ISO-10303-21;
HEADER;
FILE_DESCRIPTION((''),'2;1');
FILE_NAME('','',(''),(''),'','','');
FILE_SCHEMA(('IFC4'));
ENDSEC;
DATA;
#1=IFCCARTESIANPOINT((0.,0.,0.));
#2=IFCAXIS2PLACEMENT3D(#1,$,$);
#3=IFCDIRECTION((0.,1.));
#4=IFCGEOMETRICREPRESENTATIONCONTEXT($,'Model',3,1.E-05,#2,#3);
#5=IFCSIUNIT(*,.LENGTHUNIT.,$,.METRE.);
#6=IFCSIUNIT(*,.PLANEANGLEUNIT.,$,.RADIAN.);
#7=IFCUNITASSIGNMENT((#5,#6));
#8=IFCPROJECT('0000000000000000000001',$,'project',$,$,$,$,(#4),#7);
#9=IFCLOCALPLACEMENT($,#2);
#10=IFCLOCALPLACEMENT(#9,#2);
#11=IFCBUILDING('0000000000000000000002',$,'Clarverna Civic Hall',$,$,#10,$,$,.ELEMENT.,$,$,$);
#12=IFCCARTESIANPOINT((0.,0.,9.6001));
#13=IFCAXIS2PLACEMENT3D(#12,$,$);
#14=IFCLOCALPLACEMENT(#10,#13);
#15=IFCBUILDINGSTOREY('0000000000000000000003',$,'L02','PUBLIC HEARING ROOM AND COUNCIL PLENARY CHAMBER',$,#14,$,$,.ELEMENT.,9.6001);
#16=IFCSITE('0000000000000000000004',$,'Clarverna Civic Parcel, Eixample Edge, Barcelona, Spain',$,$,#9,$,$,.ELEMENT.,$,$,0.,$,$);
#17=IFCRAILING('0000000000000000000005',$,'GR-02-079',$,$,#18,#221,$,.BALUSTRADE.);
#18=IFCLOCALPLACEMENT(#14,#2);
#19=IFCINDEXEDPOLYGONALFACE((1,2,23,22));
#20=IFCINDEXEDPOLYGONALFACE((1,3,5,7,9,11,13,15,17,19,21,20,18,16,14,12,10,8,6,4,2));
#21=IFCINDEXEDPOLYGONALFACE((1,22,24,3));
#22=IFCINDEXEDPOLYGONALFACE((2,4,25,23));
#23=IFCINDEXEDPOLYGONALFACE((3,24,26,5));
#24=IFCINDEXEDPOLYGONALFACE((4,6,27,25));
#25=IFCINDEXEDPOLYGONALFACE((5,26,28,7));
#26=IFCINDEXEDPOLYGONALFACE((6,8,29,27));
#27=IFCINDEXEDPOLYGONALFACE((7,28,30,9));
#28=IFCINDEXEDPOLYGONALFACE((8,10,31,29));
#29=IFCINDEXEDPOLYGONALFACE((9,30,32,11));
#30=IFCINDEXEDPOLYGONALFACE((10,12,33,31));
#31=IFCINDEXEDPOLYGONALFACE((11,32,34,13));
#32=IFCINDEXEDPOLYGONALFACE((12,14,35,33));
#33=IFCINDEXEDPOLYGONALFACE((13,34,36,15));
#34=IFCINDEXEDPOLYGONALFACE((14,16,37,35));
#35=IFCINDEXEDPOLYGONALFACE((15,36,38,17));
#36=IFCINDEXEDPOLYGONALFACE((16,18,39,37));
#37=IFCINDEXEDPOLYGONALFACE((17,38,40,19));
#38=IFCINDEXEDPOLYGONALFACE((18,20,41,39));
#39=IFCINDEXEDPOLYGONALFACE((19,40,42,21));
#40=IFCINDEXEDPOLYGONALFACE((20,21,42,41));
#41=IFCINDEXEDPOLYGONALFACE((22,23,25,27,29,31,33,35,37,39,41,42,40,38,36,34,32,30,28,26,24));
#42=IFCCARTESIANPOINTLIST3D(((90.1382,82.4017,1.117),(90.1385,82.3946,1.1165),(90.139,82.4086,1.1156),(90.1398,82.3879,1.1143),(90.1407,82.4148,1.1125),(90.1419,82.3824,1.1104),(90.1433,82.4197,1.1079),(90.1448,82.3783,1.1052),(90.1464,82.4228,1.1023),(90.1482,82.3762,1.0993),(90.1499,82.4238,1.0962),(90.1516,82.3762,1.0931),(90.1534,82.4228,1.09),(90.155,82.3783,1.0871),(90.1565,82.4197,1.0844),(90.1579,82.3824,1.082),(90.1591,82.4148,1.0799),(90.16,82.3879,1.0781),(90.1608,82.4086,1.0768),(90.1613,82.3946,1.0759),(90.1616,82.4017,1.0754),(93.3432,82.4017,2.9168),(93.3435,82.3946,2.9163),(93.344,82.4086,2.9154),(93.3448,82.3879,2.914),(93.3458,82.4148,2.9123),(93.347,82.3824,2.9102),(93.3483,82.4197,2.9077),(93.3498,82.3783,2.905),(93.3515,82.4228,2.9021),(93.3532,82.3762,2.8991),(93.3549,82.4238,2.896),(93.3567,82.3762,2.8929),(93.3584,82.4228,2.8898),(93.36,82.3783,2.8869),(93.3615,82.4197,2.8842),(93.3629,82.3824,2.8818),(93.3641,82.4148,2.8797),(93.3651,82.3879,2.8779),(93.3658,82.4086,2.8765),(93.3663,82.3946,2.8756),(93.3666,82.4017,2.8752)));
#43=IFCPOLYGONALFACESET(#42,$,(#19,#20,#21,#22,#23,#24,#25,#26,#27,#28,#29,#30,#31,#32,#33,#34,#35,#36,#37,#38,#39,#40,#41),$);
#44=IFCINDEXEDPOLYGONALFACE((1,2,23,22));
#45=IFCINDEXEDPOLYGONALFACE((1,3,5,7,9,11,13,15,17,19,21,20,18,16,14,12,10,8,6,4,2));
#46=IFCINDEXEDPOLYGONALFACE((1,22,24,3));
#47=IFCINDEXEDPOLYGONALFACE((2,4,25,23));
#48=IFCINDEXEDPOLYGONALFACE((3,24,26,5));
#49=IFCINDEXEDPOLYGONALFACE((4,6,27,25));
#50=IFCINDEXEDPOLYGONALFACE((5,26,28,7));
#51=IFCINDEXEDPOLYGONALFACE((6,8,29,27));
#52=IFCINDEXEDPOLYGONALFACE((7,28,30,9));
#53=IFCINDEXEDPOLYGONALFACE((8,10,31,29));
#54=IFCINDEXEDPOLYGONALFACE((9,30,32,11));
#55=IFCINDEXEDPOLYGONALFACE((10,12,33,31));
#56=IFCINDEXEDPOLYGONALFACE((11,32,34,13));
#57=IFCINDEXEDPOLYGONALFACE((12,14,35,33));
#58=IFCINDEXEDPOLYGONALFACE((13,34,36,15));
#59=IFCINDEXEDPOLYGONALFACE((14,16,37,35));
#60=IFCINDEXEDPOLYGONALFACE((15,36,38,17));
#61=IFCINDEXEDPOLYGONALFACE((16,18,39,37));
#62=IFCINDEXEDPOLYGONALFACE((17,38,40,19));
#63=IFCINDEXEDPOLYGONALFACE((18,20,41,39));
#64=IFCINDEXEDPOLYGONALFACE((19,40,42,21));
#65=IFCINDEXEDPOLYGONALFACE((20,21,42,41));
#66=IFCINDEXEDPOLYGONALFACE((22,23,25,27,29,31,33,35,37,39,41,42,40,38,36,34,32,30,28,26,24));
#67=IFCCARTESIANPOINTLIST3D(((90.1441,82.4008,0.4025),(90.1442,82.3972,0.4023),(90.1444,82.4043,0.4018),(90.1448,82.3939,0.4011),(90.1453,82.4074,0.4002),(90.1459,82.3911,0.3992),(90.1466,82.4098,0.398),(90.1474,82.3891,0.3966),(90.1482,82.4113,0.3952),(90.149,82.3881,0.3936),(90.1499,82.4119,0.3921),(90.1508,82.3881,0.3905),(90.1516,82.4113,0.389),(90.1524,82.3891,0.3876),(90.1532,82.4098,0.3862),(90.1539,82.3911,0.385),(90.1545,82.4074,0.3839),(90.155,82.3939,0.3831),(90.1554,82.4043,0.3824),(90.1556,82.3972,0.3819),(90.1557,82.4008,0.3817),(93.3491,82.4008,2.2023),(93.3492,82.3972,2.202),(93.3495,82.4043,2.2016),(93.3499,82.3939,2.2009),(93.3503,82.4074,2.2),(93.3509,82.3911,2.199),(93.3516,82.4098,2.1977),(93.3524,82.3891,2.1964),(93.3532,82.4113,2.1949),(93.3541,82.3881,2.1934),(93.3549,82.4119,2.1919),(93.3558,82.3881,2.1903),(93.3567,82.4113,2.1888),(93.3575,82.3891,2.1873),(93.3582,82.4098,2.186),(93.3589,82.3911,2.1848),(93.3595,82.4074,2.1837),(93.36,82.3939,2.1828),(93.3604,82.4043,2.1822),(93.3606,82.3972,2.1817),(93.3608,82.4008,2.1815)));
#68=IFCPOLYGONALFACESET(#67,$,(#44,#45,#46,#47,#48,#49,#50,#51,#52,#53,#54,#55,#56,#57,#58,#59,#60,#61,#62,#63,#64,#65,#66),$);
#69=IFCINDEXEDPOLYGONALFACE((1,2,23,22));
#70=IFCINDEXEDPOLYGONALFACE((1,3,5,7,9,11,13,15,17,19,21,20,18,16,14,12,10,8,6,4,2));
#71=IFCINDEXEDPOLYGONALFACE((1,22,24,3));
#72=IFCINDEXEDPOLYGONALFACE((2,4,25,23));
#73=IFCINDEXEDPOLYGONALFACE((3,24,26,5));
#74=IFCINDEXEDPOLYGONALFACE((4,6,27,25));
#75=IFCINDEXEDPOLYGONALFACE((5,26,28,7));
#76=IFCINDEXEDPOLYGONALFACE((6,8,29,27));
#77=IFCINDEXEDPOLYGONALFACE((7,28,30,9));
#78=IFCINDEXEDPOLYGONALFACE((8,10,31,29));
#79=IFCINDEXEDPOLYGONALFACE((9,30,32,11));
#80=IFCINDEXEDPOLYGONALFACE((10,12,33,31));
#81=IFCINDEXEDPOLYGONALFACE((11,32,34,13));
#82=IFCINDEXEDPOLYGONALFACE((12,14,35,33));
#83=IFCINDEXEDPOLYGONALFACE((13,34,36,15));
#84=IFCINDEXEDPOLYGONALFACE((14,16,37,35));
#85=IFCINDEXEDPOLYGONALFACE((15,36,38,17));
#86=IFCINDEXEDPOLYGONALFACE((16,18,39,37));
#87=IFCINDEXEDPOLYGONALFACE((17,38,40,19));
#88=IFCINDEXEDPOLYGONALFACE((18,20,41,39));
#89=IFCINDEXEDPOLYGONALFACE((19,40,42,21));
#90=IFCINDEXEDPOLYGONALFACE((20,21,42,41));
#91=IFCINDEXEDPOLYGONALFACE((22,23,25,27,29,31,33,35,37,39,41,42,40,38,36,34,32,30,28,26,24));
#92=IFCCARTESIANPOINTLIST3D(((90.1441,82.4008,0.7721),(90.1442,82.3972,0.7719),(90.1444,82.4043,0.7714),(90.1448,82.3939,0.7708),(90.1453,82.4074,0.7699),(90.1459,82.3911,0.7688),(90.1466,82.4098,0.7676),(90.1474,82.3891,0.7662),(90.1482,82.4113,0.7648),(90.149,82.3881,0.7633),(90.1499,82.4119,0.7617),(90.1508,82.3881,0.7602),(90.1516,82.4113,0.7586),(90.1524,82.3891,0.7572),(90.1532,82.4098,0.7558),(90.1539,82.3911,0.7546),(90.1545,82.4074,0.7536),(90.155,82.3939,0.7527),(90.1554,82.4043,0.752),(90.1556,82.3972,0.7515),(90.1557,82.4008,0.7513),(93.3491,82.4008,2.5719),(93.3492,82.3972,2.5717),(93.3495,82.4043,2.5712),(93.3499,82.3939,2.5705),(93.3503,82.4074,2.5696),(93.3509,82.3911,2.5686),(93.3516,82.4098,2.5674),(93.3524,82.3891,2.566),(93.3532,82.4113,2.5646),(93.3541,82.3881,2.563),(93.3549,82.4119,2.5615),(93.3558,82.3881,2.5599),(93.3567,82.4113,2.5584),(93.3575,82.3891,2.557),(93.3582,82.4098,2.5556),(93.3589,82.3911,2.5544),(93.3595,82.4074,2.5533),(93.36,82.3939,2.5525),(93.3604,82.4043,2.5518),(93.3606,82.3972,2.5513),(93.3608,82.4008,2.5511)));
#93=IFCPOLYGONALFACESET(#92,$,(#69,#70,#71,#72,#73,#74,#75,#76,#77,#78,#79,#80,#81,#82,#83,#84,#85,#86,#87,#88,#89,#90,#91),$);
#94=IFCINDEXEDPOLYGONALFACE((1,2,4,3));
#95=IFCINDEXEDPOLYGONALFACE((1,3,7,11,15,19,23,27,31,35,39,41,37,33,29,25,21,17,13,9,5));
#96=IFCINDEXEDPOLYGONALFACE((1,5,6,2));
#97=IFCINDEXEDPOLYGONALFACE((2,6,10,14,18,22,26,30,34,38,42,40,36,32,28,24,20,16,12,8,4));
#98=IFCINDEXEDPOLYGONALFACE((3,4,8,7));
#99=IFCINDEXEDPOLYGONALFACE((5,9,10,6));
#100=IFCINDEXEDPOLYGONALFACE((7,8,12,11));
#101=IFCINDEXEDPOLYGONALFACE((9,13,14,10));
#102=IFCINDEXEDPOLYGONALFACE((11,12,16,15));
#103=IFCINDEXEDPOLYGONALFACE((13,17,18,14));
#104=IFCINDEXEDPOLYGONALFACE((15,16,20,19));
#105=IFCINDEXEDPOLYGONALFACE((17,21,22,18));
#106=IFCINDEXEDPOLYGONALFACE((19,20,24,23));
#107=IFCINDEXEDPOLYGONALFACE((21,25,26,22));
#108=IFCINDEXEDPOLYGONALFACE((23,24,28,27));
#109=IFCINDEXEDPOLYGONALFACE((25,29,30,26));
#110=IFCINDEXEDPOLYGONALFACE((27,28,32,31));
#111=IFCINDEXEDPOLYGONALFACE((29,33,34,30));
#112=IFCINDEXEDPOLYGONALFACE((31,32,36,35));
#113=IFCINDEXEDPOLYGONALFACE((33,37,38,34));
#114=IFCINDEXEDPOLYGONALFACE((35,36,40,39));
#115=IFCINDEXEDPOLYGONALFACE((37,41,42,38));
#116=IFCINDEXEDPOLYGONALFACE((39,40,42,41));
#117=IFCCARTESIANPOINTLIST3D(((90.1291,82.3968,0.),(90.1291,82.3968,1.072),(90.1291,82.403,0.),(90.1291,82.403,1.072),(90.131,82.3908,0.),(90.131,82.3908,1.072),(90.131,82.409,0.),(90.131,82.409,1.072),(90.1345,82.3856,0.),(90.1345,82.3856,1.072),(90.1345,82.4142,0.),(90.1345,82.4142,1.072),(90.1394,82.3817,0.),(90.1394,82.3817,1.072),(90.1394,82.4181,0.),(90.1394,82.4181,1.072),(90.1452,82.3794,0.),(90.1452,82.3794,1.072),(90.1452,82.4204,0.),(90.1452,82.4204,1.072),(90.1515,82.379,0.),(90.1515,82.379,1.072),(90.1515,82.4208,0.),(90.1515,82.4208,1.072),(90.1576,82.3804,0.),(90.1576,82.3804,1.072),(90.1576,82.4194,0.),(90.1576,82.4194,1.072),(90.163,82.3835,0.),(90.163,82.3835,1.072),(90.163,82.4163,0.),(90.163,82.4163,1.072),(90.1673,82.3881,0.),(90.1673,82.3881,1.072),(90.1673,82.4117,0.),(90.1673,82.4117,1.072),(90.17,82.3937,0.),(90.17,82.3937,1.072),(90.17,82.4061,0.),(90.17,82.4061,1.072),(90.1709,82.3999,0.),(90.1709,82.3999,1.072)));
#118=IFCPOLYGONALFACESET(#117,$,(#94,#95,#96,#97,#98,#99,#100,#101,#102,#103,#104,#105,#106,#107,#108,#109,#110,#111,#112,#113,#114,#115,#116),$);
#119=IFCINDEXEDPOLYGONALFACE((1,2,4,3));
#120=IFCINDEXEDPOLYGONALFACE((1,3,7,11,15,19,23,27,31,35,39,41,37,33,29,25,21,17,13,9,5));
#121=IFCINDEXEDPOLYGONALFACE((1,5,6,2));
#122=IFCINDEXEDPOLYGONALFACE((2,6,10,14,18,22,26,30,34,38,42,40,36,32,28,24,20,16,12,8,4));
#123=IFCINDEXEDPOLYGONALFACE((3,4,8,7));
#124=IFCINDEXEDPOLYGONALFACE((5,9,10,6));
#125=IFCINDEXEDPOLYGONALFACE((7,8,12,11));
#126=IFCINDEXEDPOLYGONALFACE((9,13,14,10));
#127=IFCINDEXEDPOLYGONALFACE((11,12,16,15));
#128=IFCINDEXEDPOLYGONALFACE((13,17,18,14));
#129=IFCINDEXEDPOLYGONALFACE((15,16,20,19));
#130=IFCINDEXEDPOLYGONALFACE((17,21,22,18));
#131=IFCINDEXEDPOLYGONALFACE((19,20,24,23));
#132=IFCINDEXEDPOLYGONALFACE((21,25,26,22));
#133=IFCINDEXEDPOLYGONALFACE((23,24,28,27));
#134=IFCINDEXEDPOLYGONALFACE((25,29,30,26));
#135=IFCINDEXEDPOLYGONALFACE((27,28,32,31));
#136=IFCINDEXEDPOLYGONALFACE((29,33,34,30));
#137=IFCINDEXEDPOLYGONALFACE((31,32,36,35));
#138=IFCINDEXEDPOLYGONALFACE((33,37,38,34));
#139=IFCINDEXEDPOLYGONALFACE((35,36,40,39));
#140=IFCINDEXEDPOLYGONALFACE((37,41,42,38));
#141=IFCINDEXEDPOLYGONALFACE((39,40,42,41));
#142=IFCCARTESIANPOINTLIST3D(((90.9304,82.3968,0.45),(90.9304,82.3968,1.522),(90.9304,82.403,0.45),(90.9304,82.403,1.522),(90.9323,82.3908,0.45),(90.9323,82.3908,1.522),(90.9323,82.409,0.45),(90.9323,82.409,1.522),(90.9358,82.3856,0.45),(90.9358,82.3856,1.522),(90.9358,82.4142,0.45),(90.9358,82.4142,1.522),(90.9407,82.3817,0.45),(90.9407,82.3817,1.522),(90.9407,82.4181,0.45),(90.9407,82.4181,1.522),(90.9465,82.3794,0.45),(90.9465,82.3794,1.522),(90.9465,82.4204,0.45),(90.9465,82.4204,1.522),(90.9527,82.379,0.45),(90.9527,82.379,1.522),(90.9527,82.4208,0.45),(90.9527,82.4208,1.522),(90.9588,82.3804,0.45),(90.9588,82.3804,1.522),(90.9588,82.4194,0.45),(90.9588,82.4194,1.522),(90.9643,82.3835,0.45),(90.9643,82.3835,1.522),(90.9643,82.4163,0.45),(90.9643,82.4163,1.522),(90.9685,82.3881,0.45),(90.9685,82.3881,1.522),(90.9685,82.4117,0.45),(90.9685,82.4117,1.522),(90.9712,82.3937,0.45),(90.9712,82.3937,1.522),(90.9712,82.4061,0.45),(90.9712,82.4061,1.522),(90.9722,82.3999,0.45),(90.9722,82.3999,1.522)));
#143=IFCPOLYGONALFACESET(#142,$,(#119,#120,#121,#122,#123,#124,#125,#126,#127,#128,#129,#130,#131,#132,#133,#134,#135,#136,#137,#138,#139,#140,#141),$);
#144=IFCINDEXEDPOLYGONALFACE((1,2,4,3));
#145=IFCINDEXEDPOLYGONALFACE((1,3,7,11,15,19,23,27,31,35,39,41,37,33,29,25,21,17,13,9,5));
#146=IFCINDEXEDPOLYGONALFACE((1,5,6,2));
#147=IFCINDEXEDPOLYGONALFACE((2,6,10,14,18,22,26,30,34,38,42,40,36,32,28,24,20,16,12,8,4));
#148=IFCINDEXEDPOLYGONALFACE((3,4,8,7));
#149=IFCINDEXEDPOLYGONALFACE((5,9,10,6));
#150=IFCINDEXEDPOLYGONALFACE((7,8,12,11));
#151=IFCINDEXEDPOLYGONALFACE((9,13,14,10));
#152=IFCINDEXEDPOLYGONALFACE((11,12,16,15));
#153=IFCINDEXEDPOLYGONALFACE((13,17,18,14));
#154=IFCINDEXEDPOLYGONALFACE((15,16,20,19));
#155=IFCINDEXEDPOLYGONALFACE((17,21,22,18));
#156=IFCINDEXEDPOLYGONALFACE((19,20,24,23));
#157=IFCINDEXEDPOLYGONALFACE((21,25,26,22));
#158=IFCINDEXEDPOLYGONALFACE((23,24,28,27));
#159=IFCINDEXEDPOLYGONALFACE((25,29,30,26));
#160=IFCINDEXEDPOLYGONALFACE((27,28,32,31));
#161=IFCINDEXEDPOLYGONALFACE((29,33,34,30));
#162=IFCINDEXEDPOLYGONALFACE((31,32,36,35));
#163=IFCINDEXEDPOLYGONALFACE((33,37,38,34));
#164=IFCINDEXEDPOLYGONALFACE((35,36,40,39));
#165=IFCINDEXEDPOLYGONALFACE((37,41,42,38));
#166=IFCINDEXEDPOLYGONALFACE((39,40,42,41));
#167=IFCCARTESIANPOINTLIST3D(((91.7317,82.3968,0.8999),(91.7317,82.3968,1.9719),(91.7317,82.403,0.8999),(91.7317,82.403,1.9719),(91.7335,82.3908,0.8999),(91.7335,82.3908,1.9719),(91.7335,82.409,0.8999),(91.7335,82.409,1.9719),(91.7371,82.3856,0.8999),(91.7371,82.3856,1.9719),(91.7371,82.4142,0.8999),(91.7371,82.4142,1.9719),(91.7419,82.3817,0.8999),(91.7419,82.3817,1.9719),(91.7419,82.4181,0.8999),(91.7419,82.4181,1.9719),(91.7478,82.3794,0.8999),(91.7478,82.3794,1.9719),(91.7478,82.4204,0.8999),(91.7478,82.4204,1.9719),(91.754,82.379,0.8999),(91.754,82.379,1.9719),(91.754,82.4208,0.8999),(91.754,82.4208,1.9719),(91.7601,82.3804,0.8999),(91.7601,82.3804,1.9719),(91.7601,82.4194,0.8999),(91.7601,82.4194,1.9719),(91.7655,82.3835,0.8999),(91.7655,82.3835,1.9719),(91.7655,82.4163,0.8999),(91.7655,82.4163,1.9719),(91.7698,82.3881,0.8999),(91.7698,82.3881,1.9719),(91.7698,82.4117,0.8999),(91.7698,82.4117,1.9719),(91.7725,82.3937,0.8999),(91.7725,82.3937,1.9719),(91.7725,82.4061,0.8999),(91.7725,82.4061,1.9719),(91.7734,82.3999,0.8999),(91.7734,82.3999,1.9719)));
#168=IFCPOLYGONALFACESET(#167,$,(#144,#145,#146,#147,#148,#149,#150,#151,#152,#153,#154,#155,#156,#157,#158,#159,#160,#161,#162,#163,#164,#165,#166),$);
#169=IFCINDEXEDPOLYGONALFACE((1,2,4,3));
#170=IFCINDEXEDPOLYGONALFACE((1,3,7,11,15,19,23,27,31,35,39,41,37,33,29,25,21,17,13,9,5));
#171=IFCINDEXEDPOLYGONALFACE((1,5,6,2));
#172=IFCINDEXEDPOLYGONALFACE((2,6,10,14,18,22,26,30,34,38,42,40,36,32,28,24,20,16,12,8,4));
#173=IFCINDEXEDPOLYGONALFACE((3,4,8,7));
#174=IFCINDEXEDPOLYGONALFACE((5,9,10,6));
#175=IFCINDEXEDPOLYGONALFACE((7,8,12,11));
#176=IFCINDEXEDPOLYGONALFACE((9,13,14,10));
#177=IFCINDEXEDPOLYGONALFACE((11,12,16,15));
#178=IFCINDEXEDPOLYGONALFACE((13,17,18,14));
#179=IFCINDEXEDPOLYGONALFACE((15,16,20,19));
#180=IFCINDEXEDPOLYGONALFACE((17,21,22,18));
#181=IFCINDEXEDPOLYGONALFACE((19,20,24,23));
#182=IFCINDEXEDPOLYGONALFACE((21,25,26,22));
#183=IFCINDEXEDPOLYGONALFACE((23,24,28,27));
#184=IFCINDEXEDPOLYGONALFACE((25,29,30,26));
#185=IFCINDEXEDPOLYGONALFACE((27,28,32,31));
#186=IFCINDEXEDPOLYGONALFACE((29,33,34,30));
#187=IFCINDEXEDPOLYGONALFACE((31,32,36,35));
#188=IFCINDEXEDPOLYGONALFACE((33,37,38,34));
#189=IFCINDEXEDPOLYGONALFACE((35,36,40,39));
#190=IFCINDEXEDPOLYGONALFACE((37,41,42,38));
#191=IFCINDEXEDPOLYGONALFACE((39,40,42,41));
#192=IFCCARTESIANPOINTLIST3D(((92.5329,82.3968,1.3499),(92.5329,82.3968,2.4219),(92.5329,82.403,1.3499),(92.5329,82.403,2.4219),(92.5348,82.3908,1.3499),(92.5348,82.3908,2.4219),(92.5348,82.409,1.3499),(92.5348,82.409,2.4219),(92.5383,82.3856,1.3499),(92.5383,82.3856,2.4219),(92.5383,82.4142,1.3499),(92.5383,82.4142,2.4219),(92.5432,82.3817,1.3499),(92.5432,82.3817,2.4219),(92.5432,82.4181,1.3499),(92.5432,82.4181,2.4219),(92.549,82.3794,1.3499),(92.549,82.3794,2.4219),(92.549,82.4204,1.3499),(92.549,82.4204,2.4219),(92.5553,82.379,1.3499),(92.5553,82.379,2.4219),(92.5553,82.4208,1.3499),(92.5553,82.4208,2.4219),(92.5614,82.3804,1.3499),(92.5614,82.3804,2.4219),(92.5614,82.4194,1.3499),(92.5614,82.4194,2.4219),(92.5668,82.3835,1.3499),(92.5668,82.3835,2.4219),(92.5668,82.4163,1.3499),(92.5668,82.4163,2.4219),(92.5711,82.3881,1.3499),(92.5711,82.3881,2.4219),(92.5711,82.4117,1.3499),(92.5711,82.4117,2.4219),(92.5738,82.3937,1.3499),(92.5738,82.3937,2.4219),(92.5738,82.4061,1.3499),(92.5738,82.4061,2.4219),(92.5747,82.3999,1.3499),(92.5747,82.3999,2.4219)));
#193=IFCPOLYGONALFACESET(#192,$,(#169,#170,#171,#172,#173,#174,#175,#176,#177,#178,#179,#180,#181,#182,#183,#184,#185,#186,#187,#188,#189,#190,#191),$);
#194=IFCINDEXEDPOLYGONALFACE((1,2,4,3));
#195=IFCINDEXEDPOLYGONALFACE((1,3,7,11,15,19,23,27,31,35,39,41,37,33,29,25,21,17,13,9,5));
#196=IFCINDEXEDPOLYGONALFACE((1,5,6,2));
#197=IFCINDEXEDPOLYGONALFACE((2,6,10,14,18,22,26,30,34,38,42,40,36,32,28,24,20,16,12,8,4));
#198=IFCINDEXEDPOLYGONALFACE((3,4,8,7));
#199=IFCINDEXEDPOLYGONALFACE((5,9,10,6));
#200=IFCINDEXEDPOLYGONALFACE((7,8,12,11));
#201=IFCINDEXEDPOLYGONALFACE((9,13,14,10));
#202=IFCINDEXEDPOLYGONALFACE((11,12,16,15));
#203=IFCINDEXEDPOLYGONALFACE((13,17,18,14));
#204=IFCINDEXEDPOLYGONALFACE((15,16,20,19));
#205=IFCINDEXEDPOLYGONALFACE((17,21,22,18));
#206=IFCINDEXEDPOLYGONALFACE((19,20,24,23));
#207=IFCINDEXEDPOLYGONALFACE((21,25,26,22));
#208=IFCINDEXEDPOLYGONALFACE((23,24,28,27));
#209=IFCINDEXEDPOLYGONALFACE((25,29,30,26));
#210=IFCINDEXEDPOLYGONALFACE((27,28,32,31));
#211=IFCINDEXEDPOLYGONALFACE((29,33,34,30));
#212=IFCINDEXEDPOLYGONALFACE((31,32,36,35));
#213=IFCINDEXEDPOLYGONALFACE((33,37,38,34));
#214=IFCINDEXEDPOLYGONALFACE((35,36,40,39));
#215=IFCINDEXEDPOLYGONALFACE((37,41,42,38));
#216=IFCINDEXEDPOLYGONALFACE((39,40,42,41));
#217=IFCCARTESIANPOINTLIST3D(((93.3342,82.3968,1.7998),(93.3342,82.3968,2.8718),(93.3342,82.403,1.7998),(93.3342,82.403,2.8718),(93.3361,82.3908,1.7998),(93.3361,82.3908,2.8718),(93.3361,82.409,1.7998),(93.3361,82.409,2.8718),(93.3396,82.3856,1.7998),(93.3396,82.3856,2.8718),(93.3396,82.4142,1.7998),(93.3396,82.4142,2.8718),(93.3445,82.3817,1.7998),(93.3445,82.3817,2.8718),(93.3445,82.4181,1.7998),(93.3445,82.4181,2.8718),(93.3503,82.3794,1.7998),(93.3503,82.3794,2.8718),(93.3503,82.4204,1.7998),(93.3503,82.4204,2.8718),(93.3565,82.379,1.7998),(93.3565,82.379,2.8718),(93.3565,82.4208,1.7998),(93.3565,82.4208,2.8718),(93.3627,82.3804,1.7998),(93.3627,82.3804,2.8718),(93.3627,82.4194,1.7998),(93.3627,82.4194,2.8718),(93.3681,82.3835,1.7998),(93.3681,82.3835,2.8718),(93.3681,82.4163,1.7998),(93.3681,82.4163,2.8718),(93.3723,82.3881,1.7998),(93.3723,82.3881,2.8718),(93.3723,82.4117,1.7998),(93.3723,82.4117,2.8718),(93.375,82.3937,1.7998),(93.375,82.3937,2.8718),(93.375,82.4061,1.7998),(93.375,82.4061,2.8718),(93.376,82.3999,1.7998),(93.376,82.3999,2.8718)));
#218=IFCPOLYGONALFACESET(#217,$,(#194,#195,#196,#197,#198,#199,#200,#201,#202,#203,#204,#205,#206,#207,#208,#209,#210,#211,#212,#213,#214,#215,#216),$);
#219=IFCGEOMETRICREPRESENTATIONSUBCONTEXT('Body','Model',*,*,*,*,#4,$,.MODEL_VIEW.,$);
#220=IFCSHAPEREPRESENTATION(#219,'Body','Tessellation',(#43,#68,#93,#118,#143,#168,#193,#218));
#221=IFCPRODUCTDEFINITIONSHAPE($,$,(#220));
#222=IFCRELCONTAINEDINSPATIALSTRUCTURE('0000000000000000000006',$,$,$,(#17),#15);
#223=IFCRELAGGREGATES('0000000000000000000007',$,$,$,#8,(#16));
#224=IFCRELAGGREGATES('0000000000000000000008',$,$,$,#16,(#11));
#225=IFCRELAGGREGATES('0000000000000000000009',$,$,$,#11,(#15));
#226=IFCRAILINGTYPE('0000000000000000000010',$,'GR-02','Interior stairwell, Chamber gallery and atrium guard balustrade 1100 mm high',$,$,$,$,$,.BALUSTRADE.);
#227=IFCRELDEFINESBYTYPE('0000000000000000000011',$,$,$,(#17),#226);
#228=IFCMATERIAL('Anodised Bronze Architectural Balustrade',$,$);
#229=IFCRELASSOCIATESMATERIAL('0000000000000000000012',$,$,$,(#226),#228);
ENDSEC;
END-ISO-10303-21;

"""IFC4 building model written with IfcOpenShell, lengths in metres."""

from ifc_helpers import new_model, si_unit, direction, frame, origin, origin_2d, place, context, subcontext, project, spatial, circle, extrude, material, type_object, element, save


model = new_model("IFC4")

# Units and contexts
model_context = context("Model", 3, precision=1e-05, world=origin(), true_north=direction((0.0, 1.0)))
body_context = subcontext(model_context, "Body", "Model", "MODEL_VIEW")
ifc_project = project(units=[si_unit("LENGTHUNIT", "METRE"), si_unit("PLANEANGLEUNIT", "RADIAN")], contexts=[model_context])

# Site, building, storey
site_placement = place(None, origin())
site = spatial("IfcSite", under=ifc_project, at=site_placement, Name="Clarverna Civic Parcel, Eixample Edge, Barcelona, Spain", CompositionType="ELEMENT", RefElevation=0.0)
building_placement = place(site_placement, origin())
building = spatial("IfcBuilding", under=site, at=building_placement, Name="Clarverna Civic Hall", CompositionType="ELEMENT")
storey_placement = place(building_placement, frame((0.0, 0.0, 9.6001)))
storey = spatial("IfcBuildingStorey", under=building, at=storey_placement, Name="L02", Description="PUBLIC HEARING ROOM AND COUNCIL PLENARY CHAMBER", CompositionType="ELEMENT", Elevation=9.6001)

# Railing
ifc_material_1 = material(Name="Anodised Bronze Architectural Balustrade")
railing_type_1 = type_object("IfcRailingType", Name="GR-02", Description="Interior stairwell, Chamber gallery and atrium guard balustrade 1100 mm high", PredefinedType="BALUSTRADE", material=ifc_material_1)
railing_1_placement = place(storey_placement, frame((90.1499, 82.3999, 0.0)))
element("IfcRailing", 1, at=railing_1_placement, inside=storey, type_object=railing_type_1, Name="GR-02-079", PredefinedType="BALUSTRADE", context=body_context, shape_type="SweptSolid", body=[
    extrude(circle(Radius=0.0239, at=origin_2d()), frame((0.0, 0.0, 1.0962), z_axis=(0.87193, 0.0, 0.48963), x_axis=(0.0, 1.0, 0.0)), (0.0, 0.0, 1.0), 3.6758),
    extrude(circle(Radius=0.012, at=origin_2d()), frame((0.0, 0.0, 0.3921), z_axis=(0.87193, 0.0, 0.48963), x_axis=(0.0, 1.0, 0.0)), (0.0, 0.0, 1.0), 3.6758),
    extrude(circle(Radius=0.012, at=origin_2d()), frame((0.0, 0.0, 0.7617), z_axis=(0.87193, 0.0, 0.48963), x_axis=(0.0, 1.0, 0.0)), (0.0, 0.0, 1.0), 3.6758),
    extrude(circle(Radius=0.021, at=origin_2d()), origin(), (0.0, 0.0, 1.0), 1.072),
    extrude(circle(Radius=0.021, at=origin_2d()), frame((0.8013, 0.0, 0.45)), (0.0, 0.0, 1.0), 1.072),
    extrude(circle(Radius=0.021, at=origin_2d()), frame((1.6025, 0.0, 0.8999)), (0.0, 0.0, 1.0), 1.072),
    extrude(circle(Radius=0.021, at=origin_2d()), frame((2.4038, 0.0, 1.3499)), (0.0, 0.0, 1.0), 1.072),
    extrude(circle(Radius=0.021, at=origin_2d()), frame((3.2051, 0.0, 1.7998)), (0.0, 0.0, 1.0), 1.072),
])

save(model, "model.ifc")
